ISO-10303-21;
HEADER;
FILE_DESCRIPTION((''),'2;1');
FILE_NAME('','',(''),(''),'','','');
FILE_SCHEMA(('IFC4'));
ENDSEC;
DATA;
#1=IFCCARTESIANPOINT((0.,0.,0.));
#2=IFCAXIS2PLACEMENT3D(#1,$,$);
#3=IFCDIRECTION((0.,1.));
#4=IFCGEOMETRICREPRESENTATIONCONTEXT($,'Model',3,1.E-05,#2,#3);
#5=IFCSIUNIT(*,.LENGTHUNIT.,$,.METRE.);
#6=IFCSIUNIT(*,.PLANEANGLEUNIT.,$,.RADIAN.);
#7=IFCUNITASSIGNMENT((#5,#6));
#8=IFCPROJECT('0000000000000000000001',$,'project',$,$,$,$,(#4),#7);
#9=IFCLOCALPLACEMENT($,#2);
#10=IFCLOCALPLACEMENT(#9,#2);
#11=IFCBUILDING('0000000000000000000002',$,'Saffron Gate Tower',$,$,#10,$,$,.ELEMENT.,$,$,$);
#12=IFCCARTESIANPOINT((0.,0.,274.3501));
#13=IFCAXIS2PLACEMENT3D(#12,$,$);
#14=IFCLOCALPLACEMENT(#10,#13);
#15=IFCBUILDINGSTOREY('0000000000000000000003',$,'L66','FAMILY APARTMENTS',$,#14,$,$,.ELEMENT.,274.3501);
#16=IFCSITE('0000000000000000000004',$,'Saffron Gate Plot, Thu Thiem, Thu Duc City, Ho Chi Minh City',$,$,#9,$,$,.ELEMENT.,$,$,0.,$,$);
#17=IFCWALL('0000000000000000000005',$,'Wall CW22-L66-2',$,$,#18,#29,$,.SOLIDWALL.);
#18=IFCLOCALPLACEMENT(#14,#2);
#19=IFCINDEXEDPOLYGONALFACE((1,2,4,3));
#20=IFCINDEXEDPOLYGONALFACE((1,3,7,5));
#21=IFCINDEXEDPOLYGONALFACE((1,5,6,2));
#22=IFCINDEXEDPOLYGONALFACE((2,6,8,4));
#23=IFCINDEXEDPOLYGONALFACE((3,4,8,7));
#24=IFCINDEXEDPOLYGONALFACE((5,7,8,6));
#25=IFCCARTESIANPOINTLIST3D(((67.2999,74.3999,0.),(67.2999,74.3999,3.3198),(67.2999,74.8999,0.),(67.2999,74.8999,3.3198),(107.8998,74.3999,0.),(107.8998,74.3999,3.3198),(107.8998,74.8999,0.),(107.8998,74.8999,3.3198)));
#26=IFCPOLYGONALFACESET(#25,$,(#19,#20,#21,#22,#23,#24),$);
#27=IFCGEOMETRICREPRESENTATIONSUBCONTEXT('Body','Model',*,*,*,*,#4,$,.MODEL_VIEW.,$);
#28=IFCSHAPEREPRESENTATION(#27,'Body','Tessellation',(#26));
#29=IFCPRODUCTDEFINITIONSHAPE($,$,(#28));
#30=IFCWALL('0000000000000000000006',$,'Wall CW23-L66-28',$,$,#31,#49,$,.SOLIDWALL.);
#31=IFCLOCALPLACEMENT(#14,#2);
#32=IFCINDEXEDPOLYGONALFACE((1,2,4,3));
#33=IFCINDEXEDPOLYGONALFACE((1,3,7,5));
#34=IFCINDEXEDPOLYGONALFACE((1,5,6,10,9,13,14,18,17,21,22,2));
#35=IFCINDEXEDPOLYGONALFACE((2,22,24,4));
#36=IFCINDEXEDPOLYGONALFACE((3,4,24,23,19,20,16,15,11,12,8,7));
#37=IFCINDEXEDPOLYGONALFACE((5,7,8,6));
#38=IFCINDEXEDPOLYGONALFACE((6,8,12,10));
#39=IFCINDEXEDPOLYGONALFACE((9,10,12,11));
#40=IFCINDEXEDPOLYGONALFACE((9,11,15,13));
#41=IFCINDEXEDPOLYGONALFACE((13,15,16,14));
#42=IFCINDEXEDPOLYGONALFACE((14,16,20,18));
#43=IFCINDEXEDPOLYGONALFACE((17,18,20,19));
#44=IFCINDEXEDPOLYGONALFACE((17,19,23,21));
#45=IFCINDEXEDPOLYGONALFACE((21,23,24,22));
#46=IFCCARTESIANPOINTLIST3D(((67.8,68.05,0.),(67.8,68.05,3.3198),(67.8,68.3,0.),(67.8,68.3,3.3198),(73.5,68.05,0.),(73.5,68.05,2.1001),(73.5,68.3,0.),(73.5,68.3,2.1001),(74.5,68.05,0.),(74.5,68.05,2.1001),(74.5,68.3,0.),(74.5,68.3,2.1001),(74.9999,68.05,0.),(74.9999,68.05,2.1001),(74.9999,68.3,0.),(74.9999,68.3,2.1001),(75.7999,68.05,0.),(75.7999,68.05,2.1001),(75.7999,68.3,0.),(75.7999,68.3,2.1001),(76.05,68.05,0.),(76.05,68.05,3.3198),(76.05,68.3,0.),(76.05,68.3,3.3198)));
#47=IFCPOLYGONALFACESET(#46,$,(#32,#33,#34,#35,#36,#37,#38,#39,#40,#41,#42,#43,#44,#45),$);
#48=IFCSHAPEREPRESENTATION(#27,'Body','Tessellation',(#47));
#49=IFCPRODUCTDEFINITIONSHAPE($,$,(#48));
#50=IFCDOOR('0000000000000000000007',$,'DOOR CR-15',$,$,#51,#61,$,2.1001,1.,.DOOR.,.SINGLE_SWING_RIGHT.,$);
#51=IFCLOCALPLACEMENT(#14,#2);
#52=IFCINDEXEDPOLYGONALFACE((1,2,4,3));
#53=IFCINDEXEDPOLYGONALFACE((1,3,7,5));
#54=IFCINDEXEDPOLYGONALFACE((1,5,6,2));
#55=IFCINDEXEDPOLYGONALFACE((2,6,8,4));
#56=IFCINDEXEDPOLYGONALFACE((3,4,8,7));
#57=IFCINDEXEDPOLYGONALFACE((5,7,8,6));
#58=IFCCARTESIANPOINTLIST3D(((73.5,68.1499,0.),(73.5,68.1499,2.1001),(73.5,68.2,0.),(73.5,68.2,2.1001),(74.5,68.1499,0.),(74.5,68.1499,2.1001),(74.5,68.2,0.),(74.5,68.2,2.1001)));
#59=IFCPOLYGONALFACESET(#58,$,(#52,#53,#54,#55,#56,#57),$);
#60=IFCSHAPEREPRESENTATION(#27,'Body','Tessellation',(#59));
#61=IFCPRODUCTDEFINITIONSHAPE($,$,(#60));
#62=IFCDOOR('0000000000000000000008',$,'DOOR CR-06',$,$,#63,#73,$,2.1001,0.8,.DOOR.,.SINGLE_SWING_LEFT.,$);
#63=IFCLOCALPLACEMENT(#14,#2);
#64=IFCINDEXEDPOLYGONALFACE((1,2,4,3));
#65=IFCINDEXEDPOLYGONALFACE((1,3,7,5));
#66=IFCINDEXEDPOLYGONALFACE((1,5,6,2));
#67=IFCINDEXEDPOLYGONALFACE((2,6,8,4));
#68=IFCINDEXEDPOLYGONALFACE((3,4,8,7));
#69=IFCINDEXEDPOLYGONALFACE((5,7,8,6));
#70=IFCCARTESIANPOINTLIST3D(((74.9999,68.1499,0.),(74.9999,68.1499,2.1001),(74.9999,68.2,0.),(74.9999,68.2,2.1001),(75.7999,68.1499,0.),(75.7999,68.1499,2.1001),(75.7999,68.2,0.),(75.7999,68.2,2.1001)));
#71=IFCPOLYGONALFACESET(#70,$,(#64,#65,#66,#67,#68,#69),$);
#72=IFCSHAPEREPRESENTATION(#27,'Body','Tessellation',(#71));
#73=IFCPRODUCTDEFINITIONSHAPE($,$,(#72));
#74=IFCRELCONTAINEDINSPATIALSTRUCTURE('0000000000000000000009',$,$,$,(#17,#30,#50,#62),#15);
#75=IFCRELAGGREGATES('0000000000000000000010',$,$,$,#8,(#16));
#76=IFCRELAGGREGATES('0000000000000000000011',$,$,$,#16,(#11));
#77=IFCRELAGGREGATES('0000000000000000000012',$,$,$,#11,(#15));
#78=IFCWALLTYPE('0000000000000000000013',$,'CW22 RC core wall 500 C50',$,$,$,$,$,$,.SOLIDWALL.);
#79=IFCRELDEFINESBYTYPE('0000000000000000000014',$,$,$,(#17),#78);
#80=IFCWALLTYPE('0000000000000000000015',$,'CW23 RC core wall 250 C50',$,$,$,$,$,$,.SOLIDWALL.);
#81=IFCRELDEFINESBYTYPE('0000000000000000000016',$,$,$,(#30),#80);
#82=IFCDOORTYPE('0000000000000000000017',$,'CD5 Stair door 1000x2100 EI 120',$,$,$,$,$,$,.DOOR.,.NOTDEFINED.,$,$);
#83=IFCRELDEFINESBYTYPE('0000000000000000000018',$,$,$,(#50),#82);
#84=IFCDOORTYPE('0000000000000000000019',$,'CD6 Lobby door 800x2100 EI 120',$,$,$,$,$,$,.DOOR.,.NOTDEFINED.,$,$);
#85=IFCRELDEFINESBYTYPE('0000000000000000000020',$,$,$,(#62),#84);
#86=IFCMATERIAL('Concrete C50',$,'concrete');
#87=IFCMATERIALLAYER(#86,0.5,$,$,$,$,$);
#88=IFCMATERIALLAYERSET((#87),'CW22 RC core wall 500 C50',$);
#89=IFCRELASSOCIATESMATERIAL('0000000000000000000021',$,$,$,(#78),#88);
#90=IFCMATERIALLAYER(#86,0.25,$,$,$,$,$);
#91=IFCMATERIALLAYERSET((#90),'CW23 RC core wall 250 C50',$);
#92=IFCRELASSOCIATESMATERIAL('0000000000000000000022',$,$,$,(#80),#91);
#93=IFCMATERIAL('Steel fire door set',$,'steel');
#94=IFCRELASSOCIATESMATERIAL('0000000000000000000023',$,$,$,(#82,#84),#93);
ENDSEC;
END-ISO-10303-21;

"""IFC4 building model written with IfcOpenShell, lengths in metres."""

from ifc_helpers import new_model, si_unit, direction, frame, frame_2d, origin, place, context, subcontext, project, spatial, rectangle, extrude, material, layer, layer_set, type_object, element, fill, save


model = new_model("IFC4")

# Units and contexts
model_context = context("Model", 3, precision=1e-05, world=origin(), true_north=direction((0.0, 1.0)))
body_context = subcontext(model_context, "Body", "Model", "MODEL_VIEW")
ifc_project = project(units=[si_unit("LENGTHUNIT", "METRE"), si_unit("PLANEANGLEUNIT", "RADIAN")], contexts=[model_context])

# Site, building, storey
site_placement = place(None, origin())
site = spatial("IfcSite", under=ifc_project, at=site_placement, Name="Saffron Gate Plot, Thu Thiem, Thu Duc City, Ho Chi Minh City", CompositionType="ELEMENT", RefElevation=0.0)
building_placement = place(site_placement, origin())
building = spatial("IfcBuilding", under=site, at=building_placement, Name="Saffron Gate Tower", CompositionType="ELEMENT")
storey_placement = place(building_placement, frame((0.0, 0.0, 274.3501)))
storey = spatial("IfcBuildingStorey", under=building, at=storey_placement, Name="L66", Description="FAMILY APARTMENTS", CompositionType="ELEMENT", Elevation=274.3501)

# Wall
ifc_material_1 = material(Name="Concrete C50", Category="concrete")
ifc_layer_1 = layer(ifc_material_1, 0.5)
ifc_layer_set_1 = layer_set([ifc_layer_1], Name="CW22 RC core wall 500 C50")
wall_type_1 = type_object("IfcWallType", Name="CW22 RC core wall 500 C50", PredefinedType="SOLIDWALL", material=ifc_layer_set_1)
wall_1_placement = place(storey_placement, frame((67.3, 74.6499, 0.0), z_axis=(0.0, 0.0, 1.0), x_axis=(1.0, 0.0, 0.0)))
element("IfcWall", 1, at=wall_1_placement, inside=storey, type_object=wall_type_1, Name="Wall CW22-L66-2", PredefinedType="SOLIDWALL", context=body_context, shape_type="SweptSolid", body=[
    extrude(rectangle(XDim=40.5999, YDim=0.5, at=frame_2d((20.2998, 0.0))), origin(), (0.0, 0.0, 1.0), 3.3198),
])

# Wall, openings, doors
ifc_layer_2 = layer(ifc_material_1, 0.25)
ifc_layer_set_2 = layer_set([ifc_layer_2], Name="CW23 RC core wall 250 C50")
wall_type_2 = type_object("IfcWallType", Name="CW23 RC core wall 250 C50", PredefinedType="SOLIDWALL", material=ifc_layer_set_2)
wall_2_placement = place(storey_placement, frame((67.8, 68.175, 0.0), z_axis=(0.0, 0.0, 1.0), x_axis=(1.0, 0.0, 0.0)))
wall_2 = element("IfcWall", 2, at=wall_2_placement, inside=storey, type_object=wall_type_2, Name="Wall CW23-L66-28", PredefinedType="SOLIDWALL", context=body_context, shape_type="SweptSolid", body=[
    extrude(rectangle(XDim=8.25, YDim=0.25, at=frame_2d((4.125, 0.0))), origin(), (0.0, 0.0, 1.0), 3.3198),
])
opening_1_placement = place(wall_2_placement, frame((5.7, 0.0, 0.0)))
opening_1 = element("IfcOpeningElement", 3, at=opening_1_placement, cuts=wall_2, PredefinedType="OPENING", context=body_context, shape_type="SweptSolid", body=[
    extrude(rectangle(XDim=1.0, YDim=2.1001, at=frame_2d((0.5, 1.05))), frame((0.0, 0.135, 0.0), z_axis=(0.0, -1.0, 0.0), x_axis=(1.0, 0.0, 0.0)), (0.0, 0.0, 1.0), 0.27),
])
opening_2_placement = place(wall_2_placement, frame((7.2, 0.0, 0.0)))
opening_2 = element("IfcOpeningElement", 4, at=opening_2_placement, cuts=wall_2, PredefinedType="OPENING", context=body_context, shape_type="SweptSolid", body=[
    extrude(rectangle(XDim=0.8, YDim=2.1001, at=frame_2d((0.3999, 1.05))), frame((0.0, 0.135, 0.0), z_axis=(0.0, -1.0, 0.0), x_axis=(1.0, 0.0, 0.0)), (0.0, 0.0, 1.0), 0.27),
])
ifc_material_2 = material(Name="Steel fire door set", Category="steel")
door_type_1 = type_object("IfcDoorType", Name="CD5 Stair door 1000x2100 EI 120", OperationType="NOTDEFINED", PredefinedType="DOOR", material=ifc_material_2)
door_1_placement = place(opening_1_placement, origin())
door_1 = element("IfcDoor", 5, at=door_1_placement, inside=storey, type_object=door_type_1, Name="DOOR CR-15", OperationType="SINGLE_SWING_RIGHT", OverallHeight=2.1001, OverallWidth=1.0, PredefinedType="DOOR", context=body_context, shape_type="SweptSolid", body=[
    extrude(rectangle(XDim=1.0, YDim=2.1001, at=frame_2d((0.5, 1.05))), frame((0.0, 0.0249, 0.0), z_axis=(0.0, -1.0, 0.0), x_axis=(1.0, 0.0, 0.0)), (0.0, 0.0, 1.0), 0.05),
])
fill(opening_1, door_1)
door_type_2 = type_object("IfcDoorType", Name="CD6 Lobby door 800x2100 EI 120", OperationType="NOTDEFINED", PredefinedType="DOOR", material=ifc_material_2)
door_2_placement = place(opening_2_placement, origin())
door_2 = element("IfcDoor", 6, at=door_2_placement, inside=storey, type_object=door_type_2, Name="DOOR CR-06", OperationType="SINGLE_SWING_LEFT", OverallHeight=2.1001, OverallWidth=0.8, PredefinedType="DOOR", context=body_context, shape_type="SweptSolid", body=[
    extrude(rectangle(XDim=0.8, YDim=2.1001, at=frame_2d((0.3999, 1.05))), frame((0.0, 0.0249, 0.0), z_axis=(0.0, -1.0, 0.0), x_axis=(1.0, 0.0, 0.0)), (0.0, 0.0, 1.0), 0.05),
])
fill(opening_2, door_2)

save(model, "model.ifc")
